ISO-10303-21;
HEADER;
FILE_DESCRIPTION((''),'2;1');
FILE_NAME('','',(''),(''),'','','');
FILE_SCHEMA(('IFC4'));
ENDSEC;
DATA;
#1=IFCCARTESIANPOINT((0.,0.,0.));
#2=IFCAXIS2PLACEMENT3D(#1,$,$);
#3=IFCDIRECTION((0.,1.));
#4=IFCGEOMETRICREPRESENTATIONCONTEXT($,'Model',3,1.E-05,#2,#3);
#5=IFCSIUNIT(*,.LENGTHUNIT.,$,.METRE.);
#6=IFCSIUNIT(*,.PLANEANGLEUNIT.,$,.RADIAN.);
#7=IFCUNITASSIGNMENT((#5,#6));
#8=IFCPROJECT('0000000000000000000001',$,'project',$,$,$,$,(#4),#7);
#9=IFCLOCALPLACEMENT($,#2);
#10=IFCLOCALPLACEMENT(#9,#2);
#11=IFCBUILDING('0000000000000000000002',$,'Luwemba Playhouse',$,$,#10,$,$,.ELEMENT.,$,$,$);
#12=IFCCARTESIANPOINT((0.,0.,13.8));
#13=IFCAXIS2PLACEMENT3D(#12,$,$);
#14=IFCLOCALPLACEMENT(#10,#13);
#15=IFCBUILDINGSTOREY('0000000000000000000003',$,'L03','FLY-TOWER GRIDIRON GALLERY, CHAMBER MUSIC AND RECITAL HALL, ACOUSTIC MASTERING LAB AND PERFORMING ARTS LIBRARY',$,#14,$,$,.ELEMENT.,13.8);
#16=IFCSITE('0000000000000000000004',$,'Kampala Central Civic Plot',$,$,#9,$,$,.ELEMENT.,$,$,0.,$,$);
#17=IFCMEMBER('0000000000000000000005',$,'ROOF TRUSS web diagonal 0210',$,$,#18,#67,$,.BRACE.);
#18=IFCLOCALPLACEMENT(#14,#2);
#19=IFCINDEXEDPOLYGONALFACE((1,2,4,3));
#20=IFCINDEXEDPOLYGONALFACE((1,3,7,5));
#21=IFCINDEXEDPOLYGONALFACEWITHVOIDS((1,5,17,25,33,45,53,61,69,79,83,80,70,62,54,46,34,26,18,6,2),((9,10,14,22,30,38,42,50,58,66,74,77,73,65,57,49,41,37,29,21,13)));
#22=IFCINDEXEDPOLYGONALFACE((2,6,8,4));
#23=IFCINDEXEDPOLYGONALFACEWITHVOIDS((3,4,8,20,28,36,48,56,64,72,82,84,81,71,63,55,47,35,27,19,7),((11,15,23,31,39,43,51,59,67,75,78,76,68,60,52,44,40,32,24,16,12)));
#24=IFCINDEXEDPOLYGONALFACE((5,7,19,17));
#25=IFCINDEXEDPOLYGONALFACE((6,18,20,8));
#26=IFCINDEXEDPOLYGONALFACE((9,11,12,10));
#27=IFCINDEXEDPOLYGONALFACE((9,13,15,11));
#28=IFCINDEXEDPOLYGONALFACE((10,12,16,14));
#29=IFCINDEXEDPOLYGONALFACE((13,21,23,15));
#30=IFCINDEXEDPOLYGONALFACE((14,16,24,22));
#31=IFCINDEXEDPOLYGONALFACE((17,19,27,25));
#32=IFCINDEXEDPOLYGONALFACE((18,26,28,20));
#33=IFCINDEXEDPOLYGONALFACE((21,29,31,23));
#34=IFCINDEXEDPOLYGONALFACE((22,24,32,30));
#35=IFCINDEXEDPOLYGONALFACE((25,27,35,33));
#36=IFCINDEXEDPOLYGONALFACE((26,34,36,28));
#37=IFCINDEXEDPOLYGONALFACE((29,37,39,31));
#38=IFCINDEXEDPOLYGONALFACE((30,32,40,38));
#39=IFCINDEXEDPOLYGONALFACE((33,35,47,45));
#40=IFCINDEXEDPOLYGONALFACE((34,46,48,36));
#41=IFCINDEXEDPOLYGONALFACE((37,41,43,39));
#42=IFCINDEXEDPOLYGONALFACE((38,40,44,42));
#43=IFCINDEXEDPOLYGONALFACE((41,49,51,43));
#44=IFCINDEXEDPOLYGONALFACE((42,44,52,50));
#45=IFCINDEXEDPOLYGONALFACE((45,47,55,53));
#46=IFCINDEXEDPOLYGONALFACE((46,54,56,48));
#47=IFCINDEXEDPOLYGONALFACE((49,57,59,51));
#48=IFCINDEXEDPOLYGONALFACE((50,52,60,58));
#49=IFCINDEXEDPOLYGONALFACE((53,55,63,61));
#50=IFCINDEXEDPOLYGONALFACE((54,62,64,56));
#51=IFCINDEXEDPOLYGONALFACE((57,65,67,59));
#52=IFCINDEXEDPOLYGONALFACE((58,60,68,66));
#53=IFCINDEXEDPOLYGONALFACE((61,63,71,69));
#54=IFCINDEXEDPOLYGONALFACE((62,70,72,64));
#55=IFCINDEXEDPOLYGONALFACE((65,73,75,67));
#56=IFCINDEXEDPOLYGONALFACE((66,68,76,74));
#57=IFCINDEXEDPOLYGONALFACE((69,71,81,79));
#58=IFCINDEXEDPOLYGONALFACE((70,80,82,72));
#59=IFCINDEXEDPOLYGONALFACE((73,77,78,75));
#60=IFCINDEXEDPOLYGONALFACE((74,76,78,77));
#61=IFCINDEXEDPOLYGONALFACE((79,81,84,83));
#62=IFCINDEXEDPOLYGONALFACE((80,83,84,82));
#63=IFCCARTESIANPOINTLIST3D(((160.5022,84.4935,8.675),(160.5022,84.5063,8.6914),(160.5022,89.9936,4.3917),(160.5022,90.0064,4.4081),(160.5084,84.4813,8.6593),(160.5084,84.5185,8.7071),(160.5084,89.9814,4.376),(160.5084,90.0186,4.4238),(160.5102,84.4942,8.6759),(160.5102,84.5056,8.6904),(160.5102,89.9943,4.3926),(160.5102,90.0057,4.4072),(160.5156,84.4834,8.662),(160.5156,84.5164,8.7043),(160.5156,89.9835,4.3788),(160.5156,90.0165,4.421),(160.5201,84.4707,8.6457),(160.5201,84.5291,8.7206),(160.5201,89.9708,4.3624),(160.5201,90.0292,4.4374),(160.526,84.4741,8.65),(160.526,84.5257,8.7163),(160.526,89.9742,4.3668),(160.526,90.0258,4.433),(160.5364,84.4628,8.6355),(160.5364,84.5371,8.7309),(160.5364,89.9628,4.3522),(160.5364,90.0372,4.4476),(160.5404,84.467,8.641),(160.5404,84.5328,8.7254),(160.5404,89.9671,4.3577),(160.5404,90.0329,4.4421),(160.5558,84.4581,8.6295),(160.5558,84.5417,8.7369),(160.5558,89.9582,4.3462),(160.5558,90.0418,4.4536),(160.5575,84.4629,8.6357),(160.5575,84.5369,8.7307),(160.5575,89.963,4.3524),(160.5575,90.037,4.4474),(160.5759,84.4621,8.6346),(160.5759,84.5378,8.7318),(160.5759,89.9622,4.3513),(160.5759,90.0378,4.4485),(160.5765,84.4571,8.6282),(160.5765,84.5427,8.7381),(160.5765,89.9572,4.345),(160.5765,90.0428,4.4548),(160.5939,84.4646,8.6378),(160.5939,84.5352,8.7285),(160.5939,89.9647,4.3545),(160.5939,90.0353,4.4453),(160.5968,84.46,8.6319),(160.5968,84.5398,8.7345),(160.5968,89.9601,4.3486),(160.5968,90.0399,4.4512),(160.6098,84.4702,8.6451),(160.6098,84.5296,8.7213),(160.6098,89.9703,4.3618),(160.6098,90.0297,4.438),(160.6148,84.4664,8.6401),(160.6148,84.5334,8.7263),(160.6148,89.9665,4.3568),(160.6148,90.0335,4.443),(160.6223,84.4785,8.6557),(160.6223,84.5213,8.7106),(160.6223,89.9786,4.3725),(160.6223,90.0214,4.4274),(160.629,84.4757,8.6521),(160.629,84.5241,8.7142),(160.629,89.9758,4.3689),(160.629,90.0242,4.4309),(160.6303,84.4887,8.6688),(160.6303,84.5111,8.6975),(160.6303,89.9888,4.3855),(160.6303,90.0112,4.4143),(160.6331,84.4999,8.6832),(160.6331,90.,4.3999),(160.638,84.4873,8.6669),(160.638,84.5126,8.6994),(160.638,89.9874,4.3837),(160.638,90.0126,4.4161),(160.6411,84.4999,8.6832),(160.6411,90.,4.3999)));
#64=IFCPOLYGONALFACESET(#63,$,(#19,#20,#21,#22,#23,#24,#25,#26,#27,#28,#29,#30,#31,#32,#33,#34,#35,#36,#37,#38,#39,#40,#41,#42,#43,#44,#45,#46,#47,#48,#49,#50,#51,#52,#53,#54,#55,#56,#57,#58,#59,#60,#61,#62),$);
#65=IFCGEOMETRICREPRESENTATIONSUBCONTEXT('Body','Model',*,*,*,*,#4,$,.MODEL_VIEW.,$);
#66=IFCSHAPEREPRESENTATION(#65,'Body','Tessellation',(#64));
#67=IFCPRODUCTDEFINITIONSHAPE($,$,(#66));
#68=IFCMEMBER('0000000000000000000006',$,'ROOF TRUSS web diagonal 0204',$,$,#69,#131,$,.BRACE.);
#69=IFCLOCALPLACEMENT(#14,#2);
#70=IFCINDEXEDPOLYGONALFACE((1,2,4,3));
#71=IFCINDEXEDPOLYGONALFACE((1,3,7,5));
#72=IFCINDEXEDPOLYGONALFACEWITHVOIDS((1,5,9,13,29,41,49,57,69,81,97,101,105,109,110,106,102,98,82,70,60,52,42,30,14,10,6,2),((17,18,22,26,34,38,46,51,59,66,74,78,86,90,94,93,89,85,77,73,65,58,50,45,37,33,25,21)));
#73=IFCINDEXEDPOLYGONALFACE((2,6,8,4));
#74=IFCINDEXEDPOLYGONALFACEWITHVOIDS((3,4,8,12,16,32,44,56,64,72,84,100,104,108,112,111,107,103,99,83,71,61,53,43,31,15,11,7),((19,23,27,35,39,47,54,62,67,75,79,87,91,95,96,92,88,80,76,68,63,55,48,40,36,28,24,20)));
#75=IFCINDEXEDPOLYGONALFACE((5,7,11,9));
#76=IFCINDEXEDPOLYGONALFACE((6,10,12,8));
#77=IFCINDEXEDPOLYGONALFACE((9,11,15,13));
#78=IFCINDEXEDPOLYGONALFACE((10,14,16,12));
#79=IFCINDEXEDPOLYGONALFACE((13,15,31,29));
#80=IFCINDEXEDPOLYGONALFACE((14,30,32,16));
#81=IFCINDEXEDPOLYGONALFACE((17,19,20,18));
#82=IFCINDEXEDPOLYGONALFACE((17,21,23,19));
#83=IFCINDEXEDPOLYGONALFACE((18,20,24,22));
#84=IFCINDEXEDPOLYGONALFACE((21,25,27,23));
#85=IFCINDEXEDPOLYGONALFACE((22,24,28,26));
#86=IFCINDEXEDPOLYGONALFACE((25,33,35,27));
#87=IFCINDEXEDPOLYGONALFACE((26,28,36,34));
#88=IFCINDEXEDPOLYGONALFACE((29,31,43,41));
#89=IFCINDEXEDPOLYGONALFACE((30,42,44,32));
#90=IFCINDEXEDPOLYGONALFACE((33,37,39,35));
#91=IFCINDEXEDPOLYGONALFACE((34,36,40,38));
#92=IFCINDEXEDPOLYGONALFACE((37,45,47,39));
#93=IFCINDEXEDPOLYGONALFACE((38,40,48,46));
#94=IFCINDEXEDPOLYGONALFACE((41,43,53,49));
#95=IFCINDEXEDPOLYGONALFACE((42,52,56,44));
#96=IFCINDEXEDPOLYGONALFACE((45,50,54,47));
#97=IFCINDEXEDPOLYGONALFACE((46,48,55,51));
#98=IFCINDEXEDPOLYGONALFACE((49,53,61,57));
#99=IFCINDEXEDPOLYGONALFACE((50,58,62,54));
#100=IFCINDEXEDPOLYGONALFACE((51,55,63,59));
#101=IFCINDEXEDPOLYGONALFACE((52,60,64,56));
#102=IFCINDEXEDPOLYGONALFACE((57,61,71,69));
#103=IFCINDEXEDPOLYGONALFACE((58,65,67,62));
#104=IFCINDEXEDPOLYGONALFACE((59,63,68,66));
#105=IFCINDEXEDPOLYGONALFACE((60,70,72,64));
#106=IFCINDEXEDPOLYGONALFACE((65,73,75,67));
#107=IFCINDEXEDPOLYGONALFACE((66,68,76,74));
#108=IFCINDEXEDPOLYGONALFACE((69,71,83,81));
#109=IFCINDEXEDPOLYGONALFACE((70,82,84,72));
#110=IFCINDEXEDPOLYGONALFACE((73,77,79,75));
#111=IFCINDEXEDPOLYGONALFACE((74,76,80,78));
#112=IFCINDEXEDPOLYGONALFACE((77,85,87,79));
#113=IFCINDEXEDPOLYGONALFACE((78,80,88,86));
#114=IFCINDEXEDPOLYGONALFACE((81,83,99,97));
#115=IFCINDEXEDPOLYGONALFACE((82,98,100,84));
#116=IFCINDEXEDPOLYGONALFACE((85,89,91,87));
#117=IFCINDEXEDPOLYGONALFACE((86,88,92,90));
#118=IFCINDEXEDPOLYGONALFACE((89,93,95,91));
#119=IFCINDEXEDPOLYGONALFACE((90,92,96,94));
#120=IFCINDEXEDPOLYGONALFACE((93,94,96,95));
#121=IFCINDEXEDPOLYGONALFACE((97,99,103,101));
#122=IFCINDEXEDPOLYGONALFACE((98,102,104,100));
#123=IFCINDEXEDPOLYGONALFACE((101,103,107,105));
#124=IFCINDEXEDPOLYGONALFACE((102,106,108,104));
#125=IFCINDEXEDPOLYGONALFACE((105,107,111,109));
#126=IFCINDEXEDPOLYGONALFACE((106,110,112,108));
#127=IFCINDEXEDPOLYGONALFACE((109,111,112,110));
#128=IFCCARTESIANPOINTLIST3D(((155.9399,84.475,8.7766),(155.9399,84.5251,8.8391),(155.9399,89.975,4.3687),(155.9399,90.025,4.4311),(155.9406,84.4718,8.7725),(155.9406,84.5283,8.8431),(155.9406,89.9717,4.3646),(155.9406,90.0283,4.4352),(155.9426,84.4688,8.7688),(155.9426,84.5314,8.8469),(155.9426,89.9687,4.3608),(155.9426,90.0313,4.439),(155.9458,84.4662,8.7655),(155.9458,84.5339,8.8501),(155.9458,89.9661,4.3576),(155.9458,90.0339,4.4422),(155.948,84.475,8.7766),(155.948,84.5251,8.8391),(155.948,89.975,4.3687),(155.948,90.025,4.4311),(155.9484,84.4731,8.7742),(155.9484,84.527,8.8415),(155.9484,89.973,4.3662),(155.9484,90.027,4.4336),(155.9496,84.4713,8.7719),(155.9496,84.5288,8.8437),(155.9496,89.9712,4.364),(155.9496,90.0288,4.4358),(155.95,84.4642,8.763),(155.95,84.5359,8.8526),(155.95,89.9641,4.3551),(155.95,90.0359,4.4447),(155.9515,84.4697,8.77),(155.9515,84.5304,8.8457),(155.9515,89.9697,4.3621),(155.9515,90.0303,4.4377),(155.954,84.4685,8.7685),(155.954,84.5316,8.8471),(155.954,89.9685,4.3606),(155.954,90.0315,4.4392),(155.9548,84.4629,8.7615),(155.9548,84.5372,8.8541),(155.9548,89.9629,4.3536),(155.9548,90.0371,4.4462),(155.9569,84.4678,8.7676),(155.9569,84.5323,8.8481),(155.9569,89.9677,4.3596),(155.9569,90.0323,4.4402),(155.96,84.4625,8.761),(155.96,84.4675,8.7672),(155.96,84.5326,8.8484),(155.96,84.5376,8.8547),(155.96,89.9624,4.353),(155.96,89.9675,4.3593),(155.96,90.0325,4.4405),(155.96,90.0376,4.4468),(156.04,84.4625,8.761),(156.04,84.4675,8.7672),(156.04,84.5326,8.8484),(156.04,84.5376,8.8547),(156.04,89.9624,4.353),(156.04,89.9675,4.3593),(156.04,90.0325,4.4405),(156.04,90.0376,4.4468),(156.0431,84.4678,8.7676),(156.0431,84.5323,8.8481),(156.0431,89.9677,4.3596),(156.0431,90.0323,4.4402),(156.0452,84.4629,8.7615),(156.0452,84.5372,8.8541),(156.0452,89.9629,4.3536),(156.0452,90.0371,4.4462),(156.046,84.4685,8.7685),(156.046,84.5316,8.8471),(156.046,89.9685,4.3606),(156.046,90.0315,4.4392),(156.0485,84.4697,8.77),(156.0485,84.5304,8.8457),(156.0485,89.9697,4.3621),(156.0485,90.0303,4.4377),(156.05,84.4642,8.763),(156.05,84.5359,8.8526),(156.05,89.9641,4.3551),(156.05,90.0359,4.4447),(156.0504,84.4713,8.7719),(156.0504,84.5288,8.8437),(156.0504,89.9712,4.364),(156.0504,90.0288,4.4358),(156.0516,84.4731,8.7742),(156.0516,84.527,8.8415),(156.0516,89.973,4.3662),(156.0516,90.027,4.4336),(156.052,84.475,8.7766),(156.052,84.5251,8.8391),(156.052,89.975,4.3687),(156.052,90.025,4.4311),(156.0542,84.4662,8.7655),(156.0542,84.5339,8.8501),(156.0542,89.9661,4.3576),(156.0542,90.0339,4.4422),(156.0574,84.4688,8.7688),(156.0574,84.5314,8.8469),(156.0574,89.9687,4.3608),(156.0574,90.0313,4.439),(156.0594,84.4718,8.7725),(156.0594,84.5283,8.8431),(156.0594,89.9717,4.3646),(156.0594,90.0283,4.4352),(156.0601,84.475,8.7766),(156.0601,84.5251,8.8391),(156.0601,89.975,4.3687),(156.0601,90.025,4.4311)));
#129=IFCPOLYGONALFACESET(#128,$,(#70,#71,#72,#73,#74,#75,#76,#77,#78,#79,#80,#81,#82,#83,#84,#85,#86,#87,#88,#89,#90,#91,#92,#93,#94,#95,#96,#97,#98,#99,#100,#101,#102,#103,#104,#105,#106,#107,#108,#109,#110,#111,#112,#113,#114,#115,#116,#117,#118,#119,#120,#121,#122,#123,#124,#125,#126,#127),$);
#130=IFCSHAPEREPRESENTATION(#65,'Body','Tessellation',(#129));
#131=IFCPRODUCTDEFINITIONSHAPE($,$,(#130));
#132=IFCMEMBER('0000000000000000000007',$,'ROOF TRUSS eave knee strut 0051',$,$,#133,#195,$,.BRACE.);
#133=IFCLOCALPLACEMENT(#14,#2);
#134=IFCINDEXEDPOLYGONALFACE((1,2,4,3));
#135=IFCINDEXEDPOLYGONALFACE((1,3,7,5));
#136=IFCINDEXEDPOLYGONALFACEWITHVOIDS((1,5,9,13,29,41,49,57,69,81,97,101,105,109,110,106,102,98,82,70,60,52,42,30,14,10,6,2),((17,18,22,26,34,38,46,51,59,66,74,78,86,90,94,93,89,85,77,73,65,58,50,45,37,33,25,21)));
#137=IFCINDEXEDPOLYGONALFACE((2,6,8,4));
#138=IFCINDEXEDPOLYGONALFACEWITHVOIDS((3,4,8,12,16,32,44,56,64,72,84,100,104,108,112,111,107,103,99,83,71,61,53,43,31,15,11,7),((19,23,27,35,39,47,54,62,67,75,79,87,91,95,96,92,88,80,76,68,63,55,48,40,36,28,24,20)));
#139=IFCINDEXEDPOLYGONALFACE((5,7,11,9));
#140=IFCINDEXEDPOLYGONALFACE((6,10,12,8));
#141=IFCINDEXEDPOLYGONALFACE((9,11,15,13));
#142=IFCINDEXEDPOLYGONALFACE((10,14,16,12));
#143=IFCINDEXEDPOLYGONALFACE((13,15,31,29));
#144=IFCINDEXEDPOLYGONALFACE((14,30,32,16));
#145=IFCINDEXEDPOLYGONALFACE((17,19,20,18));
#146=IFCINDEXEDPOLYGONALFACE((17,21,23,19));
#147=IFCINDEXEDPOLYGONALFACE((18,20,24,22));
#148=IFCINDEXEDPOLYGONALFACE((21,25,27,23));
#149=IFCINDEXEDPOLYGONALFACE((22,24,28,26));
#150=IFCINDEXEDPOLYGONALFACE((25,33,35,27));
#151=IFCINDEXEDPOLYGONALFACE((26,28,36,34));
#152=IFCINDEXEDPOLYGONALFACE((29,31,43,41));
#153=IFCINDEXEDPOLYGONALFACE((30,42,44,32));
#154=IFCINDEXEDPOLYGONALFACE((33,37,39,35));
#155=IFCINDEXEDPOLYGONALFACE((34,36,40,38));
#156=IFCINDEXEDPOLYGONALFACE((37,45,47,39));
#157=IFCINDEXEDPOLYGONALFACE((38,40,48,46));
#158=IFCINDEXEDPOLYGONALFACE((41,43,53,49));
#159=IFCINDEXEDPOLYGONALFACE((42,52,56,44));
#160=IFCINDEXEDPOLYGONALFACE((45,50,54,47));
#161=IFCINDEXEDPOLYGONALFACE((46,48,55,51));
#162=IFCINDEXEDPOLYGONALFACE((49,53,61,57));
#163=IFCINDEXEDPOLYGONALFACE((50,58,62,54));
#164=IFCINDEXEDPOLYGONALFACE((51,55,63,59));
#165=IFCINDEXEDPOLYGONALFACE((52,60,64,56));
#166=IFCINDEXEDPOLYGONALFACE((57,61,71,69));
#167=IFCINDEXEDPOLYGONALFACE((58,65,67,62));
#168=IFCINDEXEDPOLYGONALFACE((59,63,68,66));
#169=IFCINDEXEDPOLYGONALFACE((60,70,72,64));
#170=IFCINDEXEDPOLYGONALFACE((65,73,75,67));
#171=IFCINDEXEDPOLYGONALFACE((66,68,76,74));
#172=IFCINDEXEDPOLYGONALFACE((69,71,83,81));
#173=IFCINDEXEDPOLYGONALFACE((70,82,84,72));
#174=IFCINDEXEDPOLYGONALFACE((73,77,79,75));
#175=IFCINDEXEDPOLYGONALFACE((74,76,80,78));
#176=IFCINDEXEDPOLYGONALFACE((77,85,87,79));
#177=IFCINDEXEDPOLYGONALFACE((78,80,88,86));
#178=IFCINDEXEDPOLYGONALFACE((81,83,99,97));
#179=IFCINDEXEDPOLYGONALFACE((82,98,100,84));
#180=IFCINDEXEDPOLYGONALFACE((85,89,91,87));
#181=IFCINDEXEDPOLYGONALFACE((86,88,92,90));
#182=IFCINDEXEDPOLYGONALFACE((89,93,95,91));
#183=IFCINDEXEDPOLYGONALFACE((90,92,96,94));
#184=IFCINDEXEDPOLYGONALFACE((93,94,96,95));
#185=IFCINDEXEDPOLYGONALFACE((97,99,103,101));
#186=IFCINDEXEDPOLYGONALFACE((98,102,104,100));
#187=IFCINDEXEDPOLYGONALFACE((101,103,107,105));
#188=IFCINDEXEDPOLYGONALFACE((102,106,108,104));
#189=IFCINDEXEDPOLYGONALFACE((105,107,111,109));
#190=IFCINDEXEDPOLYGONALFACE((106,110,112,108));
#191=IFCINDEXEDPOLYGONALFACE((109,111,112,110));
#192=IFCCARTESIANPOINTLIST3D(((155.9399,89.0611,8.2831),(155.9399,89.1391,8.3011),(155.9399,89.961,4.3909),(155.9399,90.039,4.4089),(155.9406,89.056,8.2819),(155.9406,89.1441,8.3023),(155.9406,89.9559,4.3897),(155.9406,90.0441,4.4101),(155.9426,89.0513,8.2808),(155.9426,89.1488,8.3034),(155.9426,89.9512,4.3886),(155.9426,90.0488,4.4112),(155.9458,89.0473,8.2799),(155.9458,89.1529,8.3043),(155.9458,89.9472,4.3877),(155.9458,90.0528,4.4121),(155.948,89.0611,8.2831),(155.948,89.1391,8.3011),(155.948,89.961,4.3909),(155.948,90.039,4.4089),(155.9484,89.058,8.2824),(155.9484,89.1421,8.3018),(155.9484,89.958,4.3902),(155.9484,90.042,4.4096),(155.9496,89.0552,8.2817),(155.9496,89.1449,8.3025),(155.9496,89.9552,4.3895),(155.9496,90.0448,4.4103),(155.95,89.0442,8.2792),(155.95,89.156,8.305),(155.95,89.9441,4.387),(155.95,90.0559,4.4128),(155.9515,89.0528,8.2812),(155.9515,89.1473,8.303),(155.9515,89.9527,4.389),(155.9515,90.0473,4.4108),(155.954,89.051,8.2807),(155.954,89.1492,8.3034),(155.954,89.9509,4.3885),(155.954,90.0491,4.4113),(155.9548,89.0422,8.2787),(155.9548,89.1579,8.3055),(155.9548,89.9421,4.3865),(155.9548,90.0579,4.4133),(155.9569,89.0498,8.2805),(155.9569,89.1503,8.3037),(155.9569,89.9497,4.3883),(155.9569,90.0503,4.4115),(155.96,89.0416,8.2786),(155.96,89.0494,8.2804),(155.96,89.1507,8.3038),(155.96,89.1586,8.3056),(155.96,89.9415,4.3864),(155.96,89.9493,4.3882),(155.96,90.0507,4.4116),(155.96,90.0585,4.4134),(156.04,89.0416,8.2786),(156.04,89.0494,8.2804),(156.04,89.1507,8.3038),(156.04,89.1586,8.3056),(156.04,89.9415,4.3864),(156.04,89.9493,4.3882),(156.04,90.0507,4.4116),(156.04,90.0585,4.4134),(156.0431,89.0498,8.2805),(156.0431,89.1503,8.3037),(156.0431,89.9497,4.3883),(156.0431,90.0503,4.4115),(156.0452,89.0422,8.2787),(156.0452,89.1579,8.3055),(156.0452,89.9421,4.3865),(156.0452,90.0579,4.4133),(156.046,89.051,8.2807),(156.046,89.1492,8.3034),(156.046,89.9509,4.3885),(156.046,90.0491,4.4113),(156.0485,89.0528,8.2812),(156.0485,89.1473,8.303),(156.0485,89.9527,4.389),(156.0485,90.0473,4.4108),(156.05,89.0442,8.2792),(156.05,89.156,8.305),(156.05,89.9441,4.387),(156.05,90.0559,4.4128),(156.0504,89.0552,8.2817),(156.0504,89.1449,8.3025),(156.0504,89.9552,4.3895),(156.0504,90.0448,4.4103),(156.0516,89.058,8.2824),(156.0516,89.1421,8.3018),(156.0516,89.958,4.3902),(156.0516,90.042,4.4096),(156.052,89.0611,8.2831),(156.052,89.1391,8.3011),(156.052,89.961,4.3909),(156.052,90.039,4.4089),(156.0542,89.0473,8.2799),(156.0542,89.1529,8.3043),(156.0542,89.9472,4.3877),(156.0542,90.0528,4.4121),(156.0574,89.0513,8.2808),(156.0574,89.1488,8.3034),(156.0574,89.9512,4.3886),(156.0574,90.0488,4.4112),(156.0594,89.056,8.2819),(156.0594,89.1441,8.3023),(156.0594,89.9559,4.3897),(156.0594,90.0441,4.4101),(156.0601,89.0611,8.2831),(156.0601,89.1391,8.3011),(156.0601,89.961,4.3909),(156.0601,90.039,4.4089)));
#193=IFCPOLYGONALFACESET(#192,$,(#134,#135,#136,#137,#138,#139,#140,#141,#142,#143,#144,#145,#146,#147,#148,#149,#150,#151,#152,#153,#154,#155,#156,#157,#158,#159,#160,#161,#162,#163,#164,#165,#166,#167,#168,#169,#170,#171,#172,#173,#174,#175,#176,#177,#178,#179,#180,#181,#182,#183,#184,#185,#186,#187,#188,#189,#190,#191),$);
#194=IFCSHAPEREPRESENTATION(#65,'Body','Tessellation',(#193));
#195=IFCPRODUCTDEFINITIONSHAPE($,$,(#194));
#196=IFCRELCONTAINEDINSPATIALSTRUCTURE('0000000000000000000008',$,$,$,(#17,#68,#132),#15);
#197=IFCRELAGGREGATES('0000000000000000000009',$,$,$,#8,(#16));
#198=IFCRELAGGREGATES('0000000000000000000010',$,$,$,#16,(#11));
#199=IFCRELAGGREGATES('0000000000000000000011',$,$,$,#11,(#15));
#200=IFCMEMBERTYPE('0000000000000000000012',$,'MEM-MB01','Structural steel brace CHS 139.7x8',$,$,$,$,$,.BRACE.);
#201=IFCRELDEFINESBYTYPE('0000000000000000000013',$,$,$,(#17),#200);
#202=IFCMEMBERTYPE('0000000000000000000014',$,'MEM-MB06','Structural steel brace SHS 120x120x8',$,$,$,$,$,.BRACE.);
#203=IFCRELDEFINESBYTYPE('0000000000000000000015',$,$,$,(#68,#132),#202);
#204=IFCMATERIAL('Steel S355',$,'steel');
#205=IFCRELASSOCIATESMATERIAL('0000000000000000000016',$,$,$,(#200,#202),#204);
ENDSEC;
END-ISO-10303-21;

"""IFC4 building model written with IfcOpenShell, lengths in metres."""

from ifc_helpers import new_model, si_unit, direction, frame, origin, origin_2d, place, context, subcontext, project, spatial, hollow_rectangle, hollow_circle, extrude, material, material_profile, profile_set, type_object, element, save


model = new_model("IFC4")

# Units and contexts
model_context = context("Model", 3, precision=1e-05, world=origin(), true_north=direction((0.0, 1.0)))
body_context = subcontext(model_context, "Body", "Model", "MODEL_VIEW")
ifc_project = project(units=[si_unit("LENGTHUNIT", "METRE"), si_unit("PLANEANGLEUNIT", "RADIAN")], contexts=[model_context])

# Site, building, storey
site_placement = place(None, origin())
site = spatial("IfcSite", under=ifc_project, at=site_placement, Name="Kampala Central Civic Plot", CompositionType="ELEMENT", RefElevation=0.0)
building_placement = place(site_placement, origin())
building = spatial("IfcBuilding", under=site, at=building_placement, Name="Luwemba Playhouse", CompositionType="ELEMENT")
storey_placement = place(building_placement, frame((0.0, 0.0, 13.8)))
storey = spatial("IfcBuildingStorey", under=building, at=storey_placement, Name="L03", Description="FLY-TOWER GRIDIRON GALLERY, CHAMBER MUSIC AND RECITAL HALL, ACOUSTIC MASTERING LAB AND PERFORMING ARTS LIBRARY", CompositionType="ELEMENT", Elevation=13.8)

# Shared definitions
ifc_material_1 = material(Name="Steel S355", Category="steel")

# Members
ifc_material_profile_1 = material_profile(ifc_material_1, hollow_circle(Radius=0.0698, WallThickness=0.0081, at=origin_2d()))
ifc_profile_set_1 = profile_set([ifc_material_profile_1], Name="Steel S355")
member_type_1 = type_object("IfcMemberType", Name="MEM-MB01", Description="Structural steel brace CHS 139.7x8", PredefinedType="BRACE", material=ifc_profile_set_1)
member_1_placement = place(storey_placement, frame((160.5713, 90.0, 4.3999), z_axis=(0.0, -0.788975, 0.614425), x_axis=(1.0, 0.0, 0.0)))
element("IfcMember", 1, at=member_1_placement, inside=storey, type_object=member_type_1, Name="ROOF TRUSS web diagonal 0210", PredefinedType="BRACE", context=body_context, shape_type="SweptSolid", body=[
    extrude(hollow_circle(Radius=0.0698, WallThickness=0.0081, at=origin_2d()), origin(), (0.0, 0.0, 1.0), 6.9712),
])
ifc_material_profile_2 = material_profile(ifc_material_1, hollow_rectangle(XDim=0.1201, YDim=0.1201, WallThickness=0.0081, InnerFilletRadius=0.012, OuterFilletRadius=0.02, at=origin_2d()))
ifc_profile_set_2 = profile_set([ifc_material_profile_2], Name="Steel S355")
member_type_2 = type_object("IfcMemberType", Name="MEM-MB06", Description="Structural steel brace SHS 120x120x8", PredefinedType="BRACE", material=ifc_profile_set_2)
member_2_placement = place(storey_placement, frame((156.0, 90.0, 4.3999), z_axis=(0.0, -0.780318, 0.625383), x_axis=(1.0, 0.0, 0.0)))
element("IfcMember", 2, at=member_2_placement, inside=storey, type_object=member_type_2, Name="ROOF TRUSS web diagonal 0204", PredefinedType="BRACE", context=body_context, shape_type="SweptSolid", body=[
    extrude(hollow_rectangle(XDim=0.1201, YDim=0.1201, WallThickness=0.0081, InnerFilletRadius=0.012, OuterFilletRadius=0.02, at=origin_2d()), origin(), (0.0, 0.0, 1.0), 7.0483),
])
member_3_placement = place(storey_placement, frame((156.0, 90.0, 4.3999), z_axis=(0.0, -0.22527, 0.974296), x_axis=(1.0, 0.0, 0.0)))
element("IfcMember", 3, at=member_3_placement, inside=storey, type_object=member_type_2, Name="ROOF TRUSS eave knee strut 0051", PredefinedType="BRACE", context=body_context, shape_type="SweptSolid", body=[
    extrude(hollow_rectangle(XDim=0.1201, YDim=0.1201, WallThickness=0.0081, InnerFilletRadius=0.012, OuterFilletRadius=0.02, at=origin_2d()), origin(), (0.0, 0.0, 1.0), 3.9949),
])

save(model, "model.ifc")
